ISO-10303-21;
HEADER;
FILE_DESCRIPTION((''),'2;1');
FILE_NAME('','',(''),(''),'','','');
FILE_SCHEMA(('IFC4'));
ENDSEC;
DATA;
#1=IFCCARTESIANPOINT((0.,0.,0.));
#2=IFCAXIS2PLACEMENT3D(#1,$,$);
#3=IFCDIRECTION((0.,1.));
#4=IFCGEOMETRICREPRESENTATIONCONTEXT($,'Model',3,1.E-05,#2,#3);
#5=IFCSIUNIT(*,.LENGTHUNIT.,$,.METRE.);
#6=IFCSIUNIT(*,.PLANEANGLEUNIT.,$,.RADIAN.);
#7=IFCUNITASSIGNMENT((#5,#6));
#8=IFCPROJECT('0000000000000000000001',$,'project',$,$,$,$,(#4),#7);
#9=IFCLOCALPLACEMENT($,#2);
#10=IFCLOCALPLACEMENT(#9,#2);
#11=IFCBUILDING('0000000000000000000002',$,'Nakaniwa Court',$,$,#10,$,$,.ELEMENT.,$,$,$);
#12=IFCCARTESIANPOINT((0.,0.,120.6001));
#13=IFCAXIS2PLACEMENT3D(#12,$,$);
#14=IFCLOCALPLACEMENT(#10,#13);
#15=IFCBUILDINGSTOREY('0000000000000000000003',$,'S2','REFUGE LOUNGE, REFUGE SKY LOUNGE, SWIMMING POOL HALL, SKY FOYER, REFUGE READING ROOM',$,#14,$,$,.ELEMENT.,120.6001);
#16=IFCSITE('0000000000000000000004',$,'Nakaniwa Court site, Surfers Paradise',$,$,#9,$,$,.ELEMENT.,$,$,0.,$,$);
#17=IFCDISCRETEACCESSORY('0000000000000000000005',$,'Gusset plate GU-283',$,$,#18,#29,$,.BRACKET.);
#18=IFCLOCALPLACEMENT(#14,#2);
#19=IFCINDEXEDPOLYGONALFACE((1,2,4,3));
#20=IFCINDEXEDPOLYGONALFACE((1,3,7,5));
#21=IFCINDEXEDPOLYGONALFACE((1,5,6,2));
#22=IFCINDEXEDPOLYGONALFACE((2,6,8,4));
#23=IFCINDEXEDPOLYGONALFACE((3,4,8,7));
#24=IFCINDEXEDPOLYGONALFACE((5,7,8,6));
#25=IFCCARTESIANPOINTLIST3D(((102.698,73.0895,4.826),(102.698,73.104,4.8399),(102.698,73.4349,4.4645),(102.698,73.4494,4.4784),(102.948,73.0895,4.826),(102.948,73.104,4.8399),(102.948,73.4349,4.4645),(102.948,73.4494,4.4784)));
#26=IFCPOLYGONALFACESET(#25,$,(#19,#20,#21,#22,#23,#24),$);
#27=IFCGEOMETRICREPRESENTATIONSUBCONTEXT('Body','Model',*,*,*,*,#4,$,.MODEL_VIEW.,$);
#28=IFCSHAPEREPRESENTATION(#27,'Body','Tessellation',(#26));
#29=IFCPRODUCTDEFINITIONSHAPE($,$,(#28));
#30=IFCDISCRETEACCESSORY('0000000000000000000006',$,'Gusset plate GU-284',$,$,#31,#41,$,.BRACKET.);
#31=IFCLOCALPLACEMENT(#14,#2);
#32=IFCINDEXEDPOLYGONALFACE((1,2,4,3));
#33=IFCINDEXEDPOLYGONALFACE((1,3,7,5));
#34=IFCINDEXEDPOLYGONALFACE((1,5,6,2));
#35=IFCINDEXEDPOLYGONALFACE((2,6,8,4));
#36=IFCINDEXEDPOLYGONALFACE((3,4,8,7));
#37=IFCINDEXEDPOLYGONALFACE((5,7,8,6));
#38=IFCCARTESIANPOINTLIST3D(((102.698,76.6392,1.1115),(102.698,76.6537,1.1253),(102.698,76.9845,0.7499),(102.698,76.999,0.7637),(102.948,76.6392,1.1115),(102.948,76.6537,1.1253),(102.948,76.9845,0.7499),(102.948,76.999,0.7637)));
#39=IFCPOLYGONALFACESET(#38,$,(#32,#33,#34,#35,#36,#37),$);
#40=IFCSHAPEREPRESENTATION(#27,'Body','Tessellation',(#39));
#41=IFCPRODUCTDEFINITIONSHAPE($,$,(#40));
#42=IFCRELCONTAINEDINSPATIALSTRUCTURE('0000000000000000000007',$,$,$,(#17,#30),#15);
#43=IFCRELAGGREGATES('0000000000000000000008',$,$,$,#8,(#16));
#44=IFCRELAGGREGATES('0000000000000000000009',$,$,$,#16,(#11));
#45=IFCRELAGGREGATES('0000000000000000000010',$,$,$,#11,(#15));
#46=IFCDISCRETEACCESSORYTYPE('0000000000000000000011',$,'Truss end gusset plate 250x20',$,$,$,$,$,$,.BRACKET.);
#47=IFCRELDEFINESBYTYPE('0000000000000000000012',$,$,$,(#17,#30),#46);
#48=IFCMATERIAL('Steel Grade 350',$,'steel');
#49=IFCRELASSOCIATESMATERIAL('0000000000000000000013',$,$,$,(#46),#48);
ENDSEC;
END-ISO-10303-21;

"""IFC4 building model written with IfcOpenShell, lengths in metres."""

from ifc_helpers import new_model, si_unit, direction, frame, origin, origin_2d, place, context, subcontext, project, spatial, rectangle, extrude, material, material_profile, profile_set, type_object, element, save


model = new_model("IFC4")

# Units and contexts
model_context = context("Model", 3, precision=1e-05, world=origin(), true_north=direction((0.0, 1.0)))
body_context = subcontext(model_context, "Body", "Model", "MODEL_VIEW")
ifc_project = project(units=[si_unit("LENGTHUNIT", "METRE"), si_unit("PLANEANGLEUNIT", "RADIAN")], contexts=[model_context])

# Site, building, storey
site_placement = place(None, origin())
site = spatial("IfcSite", under=ifc_project, at=site_placement, Name="Nakaniwa Court site, Surfers Paradise", CompositionType="ELEMENT", RefElevation=0.0)
building_placement = place(site_placement, origin())
building = spatial("IfcBuilding", under=site, at=building_placement, Name="Nakaniwa Court", CompositionType="ELEMENT")
storey_placement = place(building_placement, frame((0.0, 0.0, 120.6001)))
storey = spatial("IfcBuildingStorey", under=building, at=storey_placement, Name="S2", Description="REFUGE LOUNGE, REFUGE SKY LOUNGE, SWIMMING POOL HALL, SKY FOYER, REFUGE READING ROOM", CompositionType="ELEMENT", Elevation=120.6001)

# Shared definitions
ifc_material_1 = material(Name="Steel Grade 350", Category="steel")

# Discrete accessories
ifc_material_profile_1 = material_profile(ifc_material_1, rectangle(XDim=0.25, YDim=0.02, at=origin_2d()), Name="Truss end gusset plate 250x20")
ifc_profile_set_1 = profile_set([ifc_material_profile_1], Name="Steel Grade 350")
discrete_accessory_type = type_object("IfcDiscreteAccessoryType", Name="Truss end gusset plate 250x20", PredefinedType="BRACKET", material=ifc_profile_set_1)
for number, where, z_axis, x_axis, name in (
    (1, (102.823, 73.4421, 4.4714), (0.0, -0.690812, 0.723034), (1.0, 0.0, 0.0), "Gusset plate GU-283"),
    (2, (102.823, 76.6465, 1.1184), (0.0, 0.690557, -0.723278), (-1.0, 0.0, 0.0), "Gusset plate GU-284"),
):
    element("IfcDiscreteAccessory", number, at=place(storey_placement, frame(where, z_axis=z_axis, x_axis=x_axis)), inside=storey, type_object=discrete_accessory_type, Name=name, PredefinedType="BRACKET", context=body_context, shape_type="SweptSolid", body=[
        extrude(rectangle(XDim=0.25, YDim=0.02, at=origin_2d()), origin(), (0.0, 0.0, 1.0), 0.5),
    ])

save(model, "model.ifc")
